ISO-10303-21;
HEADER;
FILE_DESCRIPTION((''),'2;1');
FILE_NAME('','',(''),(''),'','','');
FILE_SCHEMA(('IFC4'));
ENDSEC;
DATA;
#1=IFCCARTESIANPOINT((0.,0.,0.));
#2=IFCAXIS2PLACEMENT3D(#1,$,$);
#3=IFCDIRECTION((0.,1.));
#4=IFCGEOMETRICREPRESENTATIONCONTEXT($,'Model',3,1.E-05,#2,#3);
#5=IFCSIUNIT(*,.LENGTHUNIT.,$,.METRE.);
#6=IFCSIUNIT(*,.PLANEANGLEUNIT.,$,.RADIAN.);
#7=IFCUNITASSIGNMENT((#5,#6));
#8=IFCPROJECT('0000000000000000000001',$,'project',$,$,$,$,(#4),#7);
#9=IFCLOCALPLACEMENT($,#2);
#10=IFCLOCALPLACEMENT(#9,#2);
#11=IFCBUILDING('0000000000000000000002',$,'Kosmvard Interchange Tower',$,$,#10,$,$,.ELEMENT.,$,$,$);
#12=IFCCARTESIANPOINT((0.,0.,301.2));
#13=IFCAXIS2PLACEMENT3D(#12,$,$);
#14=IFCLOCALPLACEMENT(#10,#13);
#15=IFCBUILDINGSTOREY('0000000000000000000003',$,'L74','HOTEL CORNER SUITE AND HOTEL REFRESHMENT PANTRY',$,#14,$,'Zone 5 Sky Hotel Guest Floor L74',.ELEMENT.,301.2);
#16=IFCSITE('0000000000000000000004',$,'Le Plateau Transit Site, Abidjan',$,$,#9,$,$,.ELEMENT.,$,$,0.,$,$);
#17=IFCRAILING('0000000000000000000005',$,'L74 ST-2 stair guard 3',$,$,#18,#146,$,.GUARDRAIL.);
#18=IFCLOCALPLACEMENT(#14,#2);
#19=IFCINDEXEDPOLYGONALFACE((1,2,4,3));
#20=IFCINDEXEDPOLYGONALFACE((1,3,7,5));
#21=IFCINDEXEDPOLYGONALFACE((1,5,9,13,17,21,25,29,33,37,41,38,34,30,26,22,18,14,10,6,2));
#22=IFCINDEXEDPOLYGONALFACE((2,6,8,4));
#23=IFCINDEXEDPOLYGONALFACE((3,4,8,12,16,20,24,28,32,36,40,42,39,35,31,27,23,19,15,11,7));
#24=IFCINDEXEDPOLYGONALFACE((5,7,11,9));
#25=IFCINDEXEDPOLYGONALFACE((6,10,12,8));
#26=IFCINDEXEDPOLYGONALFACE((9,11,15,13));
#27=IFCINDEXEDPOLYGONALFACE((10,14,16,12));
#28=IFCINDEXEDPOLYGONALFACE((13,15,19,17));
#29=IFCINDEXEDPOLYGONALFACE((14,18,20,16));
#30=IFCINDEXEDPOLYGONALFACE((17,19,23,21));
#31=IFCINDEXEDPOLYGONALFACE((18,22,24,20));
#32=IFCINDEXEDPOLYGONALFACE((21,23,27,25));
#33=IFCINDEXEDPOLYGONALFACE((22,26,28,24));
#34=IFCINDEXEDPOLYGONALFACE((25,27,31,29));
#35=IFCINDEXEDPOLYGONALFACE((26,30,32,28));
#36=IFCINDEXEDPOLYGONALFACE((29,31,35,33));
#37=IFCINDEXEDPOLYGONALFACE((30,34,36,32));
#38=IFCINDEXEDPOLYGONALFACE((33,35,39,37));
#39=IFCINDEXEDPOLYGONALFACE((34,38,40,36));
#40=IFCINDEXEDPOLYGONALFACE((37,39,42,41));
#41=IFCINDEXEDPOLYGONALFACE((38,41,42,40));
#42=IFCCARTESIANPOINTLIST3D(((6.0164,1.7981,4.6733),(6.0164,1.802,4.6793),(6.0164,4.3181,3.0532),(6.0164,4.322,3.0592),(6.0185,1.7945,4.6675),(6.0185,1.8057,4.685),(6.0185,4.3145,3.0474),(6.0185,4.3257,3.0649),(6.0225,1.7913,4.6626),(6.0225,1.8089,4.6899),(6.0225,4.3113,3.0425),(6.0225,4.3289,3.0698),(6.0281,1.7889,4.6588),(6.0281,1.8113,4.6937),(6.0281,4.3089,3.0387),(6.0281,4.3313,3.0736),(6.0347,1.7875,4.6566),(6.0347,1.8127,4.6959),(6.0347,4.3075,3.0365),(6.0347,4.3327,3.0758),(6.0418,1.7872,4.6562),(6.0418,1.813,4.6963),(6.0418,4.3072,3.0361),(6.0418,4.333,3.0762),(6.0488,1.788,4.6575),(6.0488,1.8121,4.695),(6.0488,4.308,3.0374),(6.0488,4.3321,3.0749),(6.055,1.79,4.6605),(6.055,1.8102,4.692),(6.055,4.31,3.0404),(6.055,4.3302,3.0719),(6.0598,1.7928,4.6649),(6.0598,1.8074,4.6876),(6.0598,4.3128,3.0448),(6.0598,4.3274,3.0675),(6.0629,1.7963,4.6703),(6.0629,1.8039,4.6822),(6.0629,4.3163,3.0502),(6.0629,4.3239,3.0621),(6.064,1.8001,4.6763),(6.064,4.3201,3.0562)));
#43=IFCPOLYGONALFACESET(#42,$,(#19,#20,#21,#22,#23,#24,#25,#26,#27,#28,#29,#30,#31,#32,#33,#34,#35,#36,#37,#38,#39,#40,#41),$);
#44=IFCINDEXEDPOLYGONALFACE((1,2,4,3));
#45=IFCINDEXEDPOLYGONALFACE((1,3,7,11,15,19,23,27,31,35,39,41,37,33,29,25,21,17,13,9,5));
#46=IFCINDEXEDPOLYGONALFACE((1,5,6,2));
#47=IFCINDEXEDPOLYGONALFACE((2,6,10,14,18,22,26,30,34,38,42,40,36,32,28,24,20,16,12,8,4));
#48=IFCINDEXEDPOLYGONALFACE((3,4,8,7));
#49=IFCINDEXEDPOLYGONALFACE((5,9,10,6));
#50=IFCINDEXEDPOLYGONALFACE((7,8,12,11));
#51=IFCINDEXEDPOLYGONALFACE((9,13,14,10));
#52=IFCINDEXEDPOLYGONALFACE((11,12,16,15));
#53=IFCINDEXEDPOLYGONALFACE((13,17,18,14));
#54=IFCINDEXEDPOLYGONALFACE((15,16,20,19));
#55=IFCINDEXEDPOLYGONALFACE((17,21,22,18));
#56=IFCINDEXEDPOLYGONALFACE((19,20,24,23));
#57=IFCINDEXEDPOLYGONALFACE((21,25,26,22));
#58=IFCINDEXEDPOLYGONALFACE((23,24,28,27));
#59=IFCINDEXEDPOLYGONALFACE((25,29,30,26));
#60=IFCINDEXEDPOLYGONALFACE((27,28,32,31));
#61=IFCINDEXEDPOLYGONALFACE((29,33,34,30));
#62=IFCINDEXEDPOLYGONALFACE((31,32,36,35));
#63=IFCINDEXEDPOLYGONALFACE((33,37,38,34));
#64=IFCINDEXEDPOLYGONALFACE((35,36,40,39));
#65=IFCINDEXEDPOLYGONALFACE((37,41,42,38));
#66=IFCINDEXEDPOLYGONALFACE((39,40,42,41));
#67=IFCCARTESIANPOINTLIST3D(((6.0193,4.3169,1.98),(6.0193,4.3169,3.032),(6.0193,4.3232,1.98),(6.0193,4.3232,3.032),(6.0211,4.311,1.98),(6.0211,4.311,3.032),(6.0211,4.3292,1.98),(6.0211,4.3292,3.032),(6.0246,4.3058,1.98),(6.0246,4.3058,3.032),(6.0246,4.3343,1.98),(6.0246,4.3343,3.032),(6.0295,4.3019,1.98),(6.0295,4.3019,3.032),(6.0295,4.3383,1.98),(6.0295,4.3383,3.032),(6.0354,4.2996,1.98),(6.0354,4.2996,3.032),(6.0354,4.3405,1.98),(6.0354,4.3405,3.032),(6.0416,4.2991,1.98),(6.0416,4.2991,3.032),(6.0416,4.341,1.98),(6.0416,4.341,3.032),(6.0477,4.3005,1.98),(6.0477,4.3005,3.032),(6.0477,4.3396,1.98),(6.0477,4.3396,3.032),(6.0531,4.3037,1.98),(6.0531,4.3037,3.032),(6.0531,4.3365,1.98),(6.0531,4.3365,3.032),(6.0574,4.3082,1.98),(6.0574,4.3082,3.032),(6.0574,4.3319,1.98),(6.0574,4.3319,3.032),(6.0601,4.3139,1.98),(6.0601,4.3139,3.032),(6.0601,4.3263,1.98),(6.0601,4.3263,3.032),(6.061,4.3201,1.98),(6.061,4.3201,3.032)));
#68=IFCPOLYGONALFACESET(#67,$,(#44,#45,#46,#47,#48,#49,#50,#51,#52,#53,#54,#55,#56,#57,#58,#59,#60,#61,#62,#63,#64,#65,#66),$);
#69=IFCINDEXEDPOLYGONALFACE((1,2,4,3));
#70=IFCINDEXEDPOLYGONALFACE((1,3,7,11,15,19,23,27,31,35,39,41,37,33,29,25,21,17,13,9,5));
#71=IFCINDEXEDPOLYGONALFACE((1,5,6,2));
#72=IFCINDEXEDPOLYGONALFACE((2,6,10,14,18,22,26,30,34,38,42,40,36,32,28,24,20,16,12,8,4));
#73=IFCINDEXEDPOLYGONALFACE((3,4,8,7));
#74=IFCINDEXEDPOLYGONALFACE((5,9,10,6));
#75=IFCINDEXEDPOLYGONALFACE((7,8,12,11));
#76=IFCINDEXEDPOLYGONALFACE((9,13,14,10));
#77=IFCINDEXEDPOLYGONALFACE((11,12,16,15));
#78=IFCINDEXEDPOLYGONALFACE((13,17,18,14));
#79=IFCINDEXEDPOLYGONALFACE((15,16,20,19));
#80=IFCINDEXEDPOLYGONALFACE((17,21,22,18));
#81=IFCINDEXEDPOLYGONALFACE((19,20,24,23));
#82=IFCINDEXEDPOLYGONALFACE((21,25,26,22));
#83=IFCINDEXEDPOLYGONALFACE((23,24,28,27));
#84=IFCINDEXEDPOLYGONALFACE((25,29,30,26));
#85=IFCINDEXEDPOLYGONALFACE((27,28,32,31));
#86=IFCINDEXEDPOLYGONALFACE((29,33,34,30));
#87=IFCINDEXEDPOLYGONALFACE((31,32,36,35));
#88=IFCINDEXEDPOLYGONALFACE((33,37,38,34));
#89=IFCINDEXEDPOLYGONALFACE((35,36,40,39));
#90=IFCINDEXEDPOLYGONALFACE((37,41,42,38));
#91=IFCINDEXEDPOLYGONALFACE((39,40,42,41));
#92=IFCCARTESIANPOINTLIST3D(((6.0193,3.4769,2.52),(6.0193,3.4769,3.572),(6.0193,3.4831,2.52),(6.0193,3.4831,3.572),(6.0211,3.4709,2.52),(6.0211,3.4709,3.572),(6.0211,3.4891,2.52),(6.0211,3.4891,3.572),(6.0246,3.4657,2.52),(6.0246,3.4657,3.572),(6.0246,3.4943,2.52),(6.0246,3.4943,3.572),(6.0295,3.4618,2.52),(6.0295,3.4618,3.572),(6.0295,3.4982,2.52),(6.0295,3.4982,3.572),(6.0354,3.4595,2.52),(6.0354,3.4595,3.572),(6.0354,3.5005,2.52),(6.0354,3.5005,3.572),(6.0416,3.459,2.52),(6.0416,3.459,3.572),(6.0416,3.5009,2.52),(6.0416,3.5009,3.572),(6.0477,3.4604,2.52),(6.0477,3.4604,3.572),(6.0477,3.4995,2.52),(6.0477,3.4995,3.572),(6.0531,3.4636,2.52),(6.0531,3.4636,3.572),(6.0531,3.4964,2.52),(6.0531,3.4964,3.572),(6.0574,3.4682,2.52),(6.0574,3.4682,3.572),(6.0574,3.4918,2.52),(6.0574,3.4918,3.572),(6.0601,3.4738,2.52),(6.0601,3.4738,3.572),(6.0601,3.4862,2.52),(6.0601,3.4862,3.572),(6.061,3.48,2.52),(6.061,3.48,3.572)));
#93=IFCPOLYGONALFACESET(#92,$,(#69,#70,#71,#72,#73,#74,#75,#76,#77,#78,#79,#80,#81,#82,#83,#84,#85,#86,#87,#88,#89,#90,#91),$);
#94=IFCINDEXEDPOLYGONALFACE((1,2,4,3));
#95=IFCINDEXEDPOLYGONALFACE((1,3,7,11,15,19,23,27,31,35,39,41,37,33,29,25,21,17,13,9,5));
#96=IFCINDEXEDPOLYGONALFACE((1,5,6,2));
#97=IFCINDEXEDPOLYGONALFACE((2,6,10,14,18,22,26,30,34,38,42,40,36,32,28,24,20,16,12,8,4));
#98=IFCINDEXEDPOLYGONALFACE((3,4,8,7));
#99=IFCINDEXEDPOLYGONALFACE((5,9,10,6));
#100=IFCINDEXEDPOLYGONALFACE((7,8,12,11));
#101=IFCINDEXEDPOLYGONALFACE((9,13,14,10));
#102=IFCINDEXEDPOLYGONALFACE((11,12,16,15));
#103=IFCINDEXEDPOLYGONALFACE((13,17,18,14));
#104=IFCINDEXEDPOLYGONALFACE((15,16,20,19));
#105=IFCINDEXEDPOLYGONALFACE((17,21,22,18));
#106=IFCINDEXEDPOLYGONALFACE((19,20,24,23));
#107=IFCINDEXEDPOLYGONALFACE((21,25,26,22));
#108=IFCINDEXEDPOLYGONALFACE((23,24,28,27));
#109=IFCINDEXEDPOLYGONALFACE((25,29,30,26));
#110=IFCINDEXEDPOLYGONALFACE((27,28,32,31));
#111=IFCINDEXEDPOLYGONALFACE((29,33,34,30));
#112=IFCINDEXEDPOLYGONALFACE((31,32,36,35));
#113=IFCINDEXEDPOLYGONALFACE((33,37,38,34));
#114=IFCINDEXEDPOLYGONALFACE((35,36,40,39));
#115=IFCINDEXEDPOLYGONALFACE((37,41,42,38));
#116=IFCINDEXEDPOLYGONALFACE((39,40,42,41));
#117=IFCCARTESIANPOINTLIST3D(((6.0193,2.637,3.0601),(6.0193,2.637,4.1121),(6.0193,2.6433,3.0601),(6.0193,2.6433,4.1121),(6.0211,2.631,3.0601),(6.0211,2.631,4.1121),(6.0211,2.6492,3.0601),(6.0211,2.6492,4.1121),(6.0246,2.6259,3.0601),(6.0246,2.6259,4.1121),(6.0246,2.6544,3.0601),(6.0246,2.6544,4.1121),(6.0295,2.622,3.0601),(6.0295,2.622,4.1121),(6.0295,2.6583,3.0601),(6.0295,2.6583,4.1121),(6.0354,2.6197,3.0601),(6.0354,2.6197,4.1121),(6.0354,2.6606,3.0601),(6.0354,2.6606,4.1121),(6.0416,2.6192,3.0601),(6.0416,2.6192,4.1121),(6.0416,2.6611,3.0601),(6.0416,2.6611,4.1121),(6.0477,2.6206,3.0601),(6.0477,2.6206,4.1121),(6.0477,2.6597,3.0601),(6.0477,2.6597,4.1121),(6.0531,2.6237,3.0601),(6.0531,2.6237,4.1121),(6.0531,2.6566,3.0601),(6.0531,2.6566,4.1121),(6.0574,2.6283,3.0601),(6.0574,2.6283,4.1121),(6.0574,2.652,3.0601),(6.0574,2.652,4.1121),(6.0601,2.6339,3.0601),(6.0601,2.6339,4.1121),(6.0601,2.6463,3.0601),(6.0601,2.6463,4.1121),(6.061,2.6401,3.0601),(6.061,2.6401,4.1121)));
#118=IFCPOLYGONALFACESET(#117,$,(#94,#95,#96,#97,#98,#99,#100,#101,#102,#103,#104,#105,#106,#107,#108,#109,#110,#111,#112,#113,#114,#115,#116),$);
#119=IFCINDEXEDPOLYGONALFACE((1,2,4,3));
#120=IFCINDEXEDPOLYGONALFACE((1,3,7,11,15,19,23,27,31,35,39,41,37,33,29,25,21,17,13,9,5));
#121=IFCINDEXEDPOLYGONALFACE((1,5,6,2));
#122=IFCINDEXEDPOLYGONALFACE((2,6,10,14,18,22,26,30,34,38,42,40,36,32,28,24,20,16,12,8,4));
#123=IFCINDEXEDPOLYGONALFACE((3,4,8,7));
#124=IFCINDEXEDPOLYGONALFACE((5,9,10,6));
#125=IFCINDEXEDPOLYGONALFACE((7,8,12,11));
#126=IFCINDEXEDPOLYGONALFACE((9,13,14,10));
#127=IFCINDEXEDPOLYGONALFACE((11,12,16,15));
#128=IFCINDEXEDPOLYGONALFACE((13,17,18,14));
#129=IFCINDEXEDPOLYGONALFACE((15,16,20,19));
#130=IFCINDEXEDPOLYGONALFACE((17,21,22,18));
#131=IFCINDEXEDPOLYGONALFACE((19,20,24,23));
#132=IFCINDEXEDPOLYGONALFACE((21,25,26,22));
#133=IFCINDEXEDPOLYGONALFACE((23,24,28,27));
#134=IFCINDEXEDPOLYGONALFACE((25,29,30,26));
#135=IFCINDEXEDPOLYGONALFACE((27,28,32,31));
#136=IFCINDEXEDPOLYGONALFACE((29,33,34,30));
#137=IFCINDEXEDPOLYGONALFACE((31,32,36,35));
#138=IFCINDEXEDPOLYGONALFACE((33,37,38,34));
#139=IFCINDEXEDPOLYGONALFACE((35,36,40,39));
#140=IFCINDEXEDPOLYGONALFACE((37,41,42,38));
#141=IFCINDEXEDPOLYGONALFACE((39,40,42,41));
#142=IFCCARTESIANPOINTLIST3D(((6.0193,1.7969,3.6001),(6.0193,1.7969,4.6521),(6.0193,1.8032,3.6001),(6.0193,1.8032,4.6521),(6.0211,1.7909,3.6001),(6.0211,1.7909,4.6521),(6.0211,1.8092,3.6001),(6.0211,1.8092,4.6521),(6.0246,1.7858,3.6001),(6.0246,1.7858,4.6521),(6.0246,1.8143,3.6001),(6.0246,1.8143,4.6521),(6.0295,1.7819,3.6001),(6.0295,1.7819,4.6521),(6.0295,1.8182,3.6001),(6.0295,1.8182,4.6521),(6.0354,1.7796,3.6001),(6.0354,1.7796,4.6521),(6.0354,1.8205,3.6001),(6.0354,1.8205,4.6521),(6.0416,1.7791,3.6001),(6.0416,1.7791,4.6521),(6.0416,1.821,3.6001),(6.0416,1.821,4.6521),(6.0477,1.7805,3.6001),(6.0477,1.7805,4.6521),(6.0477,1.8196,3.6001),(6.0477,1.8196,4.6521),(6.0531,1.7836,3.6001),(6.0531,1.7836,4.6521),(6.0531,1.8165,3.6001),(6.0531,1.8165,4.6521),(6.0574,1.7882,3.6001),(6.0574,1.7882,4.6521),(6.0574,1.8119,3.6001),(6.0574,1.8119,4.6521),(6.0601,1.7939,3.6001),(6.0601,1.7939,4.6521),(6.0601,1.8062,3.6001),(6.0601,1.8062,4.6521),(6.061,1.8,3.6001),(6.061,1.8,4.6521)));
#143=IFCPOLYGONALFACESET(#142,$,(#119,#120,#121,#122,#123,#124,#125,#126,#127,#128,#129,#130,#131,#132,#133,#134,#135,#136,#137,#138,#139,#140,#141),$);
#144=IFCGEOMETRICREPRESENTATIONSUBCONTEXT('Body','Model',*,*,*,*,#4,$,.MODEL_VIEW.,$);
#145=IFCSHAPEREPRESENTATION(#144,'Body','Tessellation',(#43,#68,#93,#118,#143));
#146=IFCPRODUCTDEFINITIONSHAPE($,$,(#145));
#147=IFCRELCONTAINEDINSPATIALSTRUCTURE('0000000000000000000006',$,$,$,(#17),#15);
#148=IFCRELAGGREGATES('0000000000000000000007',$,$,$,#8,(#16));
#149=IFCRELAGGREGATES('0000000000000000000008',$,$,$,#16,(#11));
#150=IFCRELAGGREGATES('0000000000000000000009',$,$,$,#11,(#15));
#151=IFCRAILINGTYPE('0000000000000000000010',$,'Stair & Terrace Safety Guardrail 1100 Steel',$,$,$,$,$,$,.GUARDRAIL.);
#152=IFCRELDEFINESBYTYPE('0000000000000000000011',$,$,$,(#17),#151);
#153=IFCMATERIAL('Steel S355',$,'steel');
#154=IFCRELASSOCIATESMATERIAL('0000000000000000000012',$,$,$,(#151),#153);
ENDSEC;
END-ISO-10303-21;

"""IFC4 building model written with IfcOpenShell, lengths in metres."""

from ifc_helpers import new_model, si_unit, direction, frame, origin, origin_2d, place, context, subcontext, project, spatial, circle, extrude, source, transform, mapped, material, type_object, element, save


model = new_model("IFC4")

# Units and contexts
model_context = context("Model", 3, precision=1e-05, world=origin(), true_north=direction((0.0, 1.0)))
body_context = subcontext(model_context, "Body", "Model", "MODEL_VIEW")
ifc_project = project(units=[si_unit("LENGTHUNIT", "METRE"), si_unit("PLANEANGLEUNIT", "RADIAN")], contexts=[model_context])

# Site, building, storey
site_placement = place(None, origin())
site = spatial("IfcSite", under=ifc_project, at=site_placement, Name="Le Plateau Transit Site, Abidjan", CompositionType="ELEMENT", RefElevation=0.0)
building_placement = place(site_placement, origin())
building = spatial("IfcBuilding", under=site, at=building_placement, Name="Kosmvard Interchange Tower", CompositionType="ELEMENT")
storey_placement = place(building_placement, frame((0.0, 0.0, 301.2)))
storey = spatial("IfcBuildingStorey", under=building, at=storey_placement, Name="L74", Description="HOTEL CORNER SUITE AND HOTEL REFRESHMENT PANTRY", LongName="Zone 5 Sky Hotel Guest Floor L74", CompositionType="ELEMENT", Elevation=301.2)

# Shared definitions
ifc_material_1 = material(Name="Steel S355", Category="steel")

# Railing
railing_type_1 = type_object("IfcRailingType", Name="Stair & Terrace Safety Guardrail 1100 Steel", PredefinedType="GUARDRAIL", material=ifc_material_1)
shared_shape_1 = source(origin(), body_context, "Body", "SweptSolid", [
    extrude(circle(Radius=0.0239, at=origin_2d()), frame((0.0, 0.0, 1.0762), z_axis=(0.0, -0.841163, 0.540782), x_axis=(1.0, 0.0, 0.0)), (0.0, 0.0, 1.0), 2.9958),
    extrude(circle(Radius=0.021, at=origin_2d()), origin(), (0.0, 0.0, 1.0), 1.052),
    extrude(circle(Radius=0.021, at=origin_2d()), frame((0.0, -0.8401, 0.54)), (0.0, 0.0, 1.0), 1.052),
    extrude(circle(Radius=0.021, at=origin_2d()), frame((0.0, -1.6799, 1.0801)), (0.0, 0.0, 1.0), 1.052),
    extrude(circle(Radius=0.021, at=origin_2d()), frame((0.0, -2.52, 1.6201)), (0.0, 0.0, 1.0), 1.052),
])
railing_1_placement = place(storey_placement, frame((6.04, 4.3201, 1.98)))
element("IfcRailing", 1, at=railing_1_placement, inside=storey, type_object=railing_type_1, Name="L74 ST-2 stair guard 3", PredefinedType="GUARDRAIL", context=body_context, shape_type="MappedRepresentation", body=[
    mapped(shared_shape_1, transform((0.0, 0.0, 0.0), scale=1.0)),
])

save(model, "model.ifc")
